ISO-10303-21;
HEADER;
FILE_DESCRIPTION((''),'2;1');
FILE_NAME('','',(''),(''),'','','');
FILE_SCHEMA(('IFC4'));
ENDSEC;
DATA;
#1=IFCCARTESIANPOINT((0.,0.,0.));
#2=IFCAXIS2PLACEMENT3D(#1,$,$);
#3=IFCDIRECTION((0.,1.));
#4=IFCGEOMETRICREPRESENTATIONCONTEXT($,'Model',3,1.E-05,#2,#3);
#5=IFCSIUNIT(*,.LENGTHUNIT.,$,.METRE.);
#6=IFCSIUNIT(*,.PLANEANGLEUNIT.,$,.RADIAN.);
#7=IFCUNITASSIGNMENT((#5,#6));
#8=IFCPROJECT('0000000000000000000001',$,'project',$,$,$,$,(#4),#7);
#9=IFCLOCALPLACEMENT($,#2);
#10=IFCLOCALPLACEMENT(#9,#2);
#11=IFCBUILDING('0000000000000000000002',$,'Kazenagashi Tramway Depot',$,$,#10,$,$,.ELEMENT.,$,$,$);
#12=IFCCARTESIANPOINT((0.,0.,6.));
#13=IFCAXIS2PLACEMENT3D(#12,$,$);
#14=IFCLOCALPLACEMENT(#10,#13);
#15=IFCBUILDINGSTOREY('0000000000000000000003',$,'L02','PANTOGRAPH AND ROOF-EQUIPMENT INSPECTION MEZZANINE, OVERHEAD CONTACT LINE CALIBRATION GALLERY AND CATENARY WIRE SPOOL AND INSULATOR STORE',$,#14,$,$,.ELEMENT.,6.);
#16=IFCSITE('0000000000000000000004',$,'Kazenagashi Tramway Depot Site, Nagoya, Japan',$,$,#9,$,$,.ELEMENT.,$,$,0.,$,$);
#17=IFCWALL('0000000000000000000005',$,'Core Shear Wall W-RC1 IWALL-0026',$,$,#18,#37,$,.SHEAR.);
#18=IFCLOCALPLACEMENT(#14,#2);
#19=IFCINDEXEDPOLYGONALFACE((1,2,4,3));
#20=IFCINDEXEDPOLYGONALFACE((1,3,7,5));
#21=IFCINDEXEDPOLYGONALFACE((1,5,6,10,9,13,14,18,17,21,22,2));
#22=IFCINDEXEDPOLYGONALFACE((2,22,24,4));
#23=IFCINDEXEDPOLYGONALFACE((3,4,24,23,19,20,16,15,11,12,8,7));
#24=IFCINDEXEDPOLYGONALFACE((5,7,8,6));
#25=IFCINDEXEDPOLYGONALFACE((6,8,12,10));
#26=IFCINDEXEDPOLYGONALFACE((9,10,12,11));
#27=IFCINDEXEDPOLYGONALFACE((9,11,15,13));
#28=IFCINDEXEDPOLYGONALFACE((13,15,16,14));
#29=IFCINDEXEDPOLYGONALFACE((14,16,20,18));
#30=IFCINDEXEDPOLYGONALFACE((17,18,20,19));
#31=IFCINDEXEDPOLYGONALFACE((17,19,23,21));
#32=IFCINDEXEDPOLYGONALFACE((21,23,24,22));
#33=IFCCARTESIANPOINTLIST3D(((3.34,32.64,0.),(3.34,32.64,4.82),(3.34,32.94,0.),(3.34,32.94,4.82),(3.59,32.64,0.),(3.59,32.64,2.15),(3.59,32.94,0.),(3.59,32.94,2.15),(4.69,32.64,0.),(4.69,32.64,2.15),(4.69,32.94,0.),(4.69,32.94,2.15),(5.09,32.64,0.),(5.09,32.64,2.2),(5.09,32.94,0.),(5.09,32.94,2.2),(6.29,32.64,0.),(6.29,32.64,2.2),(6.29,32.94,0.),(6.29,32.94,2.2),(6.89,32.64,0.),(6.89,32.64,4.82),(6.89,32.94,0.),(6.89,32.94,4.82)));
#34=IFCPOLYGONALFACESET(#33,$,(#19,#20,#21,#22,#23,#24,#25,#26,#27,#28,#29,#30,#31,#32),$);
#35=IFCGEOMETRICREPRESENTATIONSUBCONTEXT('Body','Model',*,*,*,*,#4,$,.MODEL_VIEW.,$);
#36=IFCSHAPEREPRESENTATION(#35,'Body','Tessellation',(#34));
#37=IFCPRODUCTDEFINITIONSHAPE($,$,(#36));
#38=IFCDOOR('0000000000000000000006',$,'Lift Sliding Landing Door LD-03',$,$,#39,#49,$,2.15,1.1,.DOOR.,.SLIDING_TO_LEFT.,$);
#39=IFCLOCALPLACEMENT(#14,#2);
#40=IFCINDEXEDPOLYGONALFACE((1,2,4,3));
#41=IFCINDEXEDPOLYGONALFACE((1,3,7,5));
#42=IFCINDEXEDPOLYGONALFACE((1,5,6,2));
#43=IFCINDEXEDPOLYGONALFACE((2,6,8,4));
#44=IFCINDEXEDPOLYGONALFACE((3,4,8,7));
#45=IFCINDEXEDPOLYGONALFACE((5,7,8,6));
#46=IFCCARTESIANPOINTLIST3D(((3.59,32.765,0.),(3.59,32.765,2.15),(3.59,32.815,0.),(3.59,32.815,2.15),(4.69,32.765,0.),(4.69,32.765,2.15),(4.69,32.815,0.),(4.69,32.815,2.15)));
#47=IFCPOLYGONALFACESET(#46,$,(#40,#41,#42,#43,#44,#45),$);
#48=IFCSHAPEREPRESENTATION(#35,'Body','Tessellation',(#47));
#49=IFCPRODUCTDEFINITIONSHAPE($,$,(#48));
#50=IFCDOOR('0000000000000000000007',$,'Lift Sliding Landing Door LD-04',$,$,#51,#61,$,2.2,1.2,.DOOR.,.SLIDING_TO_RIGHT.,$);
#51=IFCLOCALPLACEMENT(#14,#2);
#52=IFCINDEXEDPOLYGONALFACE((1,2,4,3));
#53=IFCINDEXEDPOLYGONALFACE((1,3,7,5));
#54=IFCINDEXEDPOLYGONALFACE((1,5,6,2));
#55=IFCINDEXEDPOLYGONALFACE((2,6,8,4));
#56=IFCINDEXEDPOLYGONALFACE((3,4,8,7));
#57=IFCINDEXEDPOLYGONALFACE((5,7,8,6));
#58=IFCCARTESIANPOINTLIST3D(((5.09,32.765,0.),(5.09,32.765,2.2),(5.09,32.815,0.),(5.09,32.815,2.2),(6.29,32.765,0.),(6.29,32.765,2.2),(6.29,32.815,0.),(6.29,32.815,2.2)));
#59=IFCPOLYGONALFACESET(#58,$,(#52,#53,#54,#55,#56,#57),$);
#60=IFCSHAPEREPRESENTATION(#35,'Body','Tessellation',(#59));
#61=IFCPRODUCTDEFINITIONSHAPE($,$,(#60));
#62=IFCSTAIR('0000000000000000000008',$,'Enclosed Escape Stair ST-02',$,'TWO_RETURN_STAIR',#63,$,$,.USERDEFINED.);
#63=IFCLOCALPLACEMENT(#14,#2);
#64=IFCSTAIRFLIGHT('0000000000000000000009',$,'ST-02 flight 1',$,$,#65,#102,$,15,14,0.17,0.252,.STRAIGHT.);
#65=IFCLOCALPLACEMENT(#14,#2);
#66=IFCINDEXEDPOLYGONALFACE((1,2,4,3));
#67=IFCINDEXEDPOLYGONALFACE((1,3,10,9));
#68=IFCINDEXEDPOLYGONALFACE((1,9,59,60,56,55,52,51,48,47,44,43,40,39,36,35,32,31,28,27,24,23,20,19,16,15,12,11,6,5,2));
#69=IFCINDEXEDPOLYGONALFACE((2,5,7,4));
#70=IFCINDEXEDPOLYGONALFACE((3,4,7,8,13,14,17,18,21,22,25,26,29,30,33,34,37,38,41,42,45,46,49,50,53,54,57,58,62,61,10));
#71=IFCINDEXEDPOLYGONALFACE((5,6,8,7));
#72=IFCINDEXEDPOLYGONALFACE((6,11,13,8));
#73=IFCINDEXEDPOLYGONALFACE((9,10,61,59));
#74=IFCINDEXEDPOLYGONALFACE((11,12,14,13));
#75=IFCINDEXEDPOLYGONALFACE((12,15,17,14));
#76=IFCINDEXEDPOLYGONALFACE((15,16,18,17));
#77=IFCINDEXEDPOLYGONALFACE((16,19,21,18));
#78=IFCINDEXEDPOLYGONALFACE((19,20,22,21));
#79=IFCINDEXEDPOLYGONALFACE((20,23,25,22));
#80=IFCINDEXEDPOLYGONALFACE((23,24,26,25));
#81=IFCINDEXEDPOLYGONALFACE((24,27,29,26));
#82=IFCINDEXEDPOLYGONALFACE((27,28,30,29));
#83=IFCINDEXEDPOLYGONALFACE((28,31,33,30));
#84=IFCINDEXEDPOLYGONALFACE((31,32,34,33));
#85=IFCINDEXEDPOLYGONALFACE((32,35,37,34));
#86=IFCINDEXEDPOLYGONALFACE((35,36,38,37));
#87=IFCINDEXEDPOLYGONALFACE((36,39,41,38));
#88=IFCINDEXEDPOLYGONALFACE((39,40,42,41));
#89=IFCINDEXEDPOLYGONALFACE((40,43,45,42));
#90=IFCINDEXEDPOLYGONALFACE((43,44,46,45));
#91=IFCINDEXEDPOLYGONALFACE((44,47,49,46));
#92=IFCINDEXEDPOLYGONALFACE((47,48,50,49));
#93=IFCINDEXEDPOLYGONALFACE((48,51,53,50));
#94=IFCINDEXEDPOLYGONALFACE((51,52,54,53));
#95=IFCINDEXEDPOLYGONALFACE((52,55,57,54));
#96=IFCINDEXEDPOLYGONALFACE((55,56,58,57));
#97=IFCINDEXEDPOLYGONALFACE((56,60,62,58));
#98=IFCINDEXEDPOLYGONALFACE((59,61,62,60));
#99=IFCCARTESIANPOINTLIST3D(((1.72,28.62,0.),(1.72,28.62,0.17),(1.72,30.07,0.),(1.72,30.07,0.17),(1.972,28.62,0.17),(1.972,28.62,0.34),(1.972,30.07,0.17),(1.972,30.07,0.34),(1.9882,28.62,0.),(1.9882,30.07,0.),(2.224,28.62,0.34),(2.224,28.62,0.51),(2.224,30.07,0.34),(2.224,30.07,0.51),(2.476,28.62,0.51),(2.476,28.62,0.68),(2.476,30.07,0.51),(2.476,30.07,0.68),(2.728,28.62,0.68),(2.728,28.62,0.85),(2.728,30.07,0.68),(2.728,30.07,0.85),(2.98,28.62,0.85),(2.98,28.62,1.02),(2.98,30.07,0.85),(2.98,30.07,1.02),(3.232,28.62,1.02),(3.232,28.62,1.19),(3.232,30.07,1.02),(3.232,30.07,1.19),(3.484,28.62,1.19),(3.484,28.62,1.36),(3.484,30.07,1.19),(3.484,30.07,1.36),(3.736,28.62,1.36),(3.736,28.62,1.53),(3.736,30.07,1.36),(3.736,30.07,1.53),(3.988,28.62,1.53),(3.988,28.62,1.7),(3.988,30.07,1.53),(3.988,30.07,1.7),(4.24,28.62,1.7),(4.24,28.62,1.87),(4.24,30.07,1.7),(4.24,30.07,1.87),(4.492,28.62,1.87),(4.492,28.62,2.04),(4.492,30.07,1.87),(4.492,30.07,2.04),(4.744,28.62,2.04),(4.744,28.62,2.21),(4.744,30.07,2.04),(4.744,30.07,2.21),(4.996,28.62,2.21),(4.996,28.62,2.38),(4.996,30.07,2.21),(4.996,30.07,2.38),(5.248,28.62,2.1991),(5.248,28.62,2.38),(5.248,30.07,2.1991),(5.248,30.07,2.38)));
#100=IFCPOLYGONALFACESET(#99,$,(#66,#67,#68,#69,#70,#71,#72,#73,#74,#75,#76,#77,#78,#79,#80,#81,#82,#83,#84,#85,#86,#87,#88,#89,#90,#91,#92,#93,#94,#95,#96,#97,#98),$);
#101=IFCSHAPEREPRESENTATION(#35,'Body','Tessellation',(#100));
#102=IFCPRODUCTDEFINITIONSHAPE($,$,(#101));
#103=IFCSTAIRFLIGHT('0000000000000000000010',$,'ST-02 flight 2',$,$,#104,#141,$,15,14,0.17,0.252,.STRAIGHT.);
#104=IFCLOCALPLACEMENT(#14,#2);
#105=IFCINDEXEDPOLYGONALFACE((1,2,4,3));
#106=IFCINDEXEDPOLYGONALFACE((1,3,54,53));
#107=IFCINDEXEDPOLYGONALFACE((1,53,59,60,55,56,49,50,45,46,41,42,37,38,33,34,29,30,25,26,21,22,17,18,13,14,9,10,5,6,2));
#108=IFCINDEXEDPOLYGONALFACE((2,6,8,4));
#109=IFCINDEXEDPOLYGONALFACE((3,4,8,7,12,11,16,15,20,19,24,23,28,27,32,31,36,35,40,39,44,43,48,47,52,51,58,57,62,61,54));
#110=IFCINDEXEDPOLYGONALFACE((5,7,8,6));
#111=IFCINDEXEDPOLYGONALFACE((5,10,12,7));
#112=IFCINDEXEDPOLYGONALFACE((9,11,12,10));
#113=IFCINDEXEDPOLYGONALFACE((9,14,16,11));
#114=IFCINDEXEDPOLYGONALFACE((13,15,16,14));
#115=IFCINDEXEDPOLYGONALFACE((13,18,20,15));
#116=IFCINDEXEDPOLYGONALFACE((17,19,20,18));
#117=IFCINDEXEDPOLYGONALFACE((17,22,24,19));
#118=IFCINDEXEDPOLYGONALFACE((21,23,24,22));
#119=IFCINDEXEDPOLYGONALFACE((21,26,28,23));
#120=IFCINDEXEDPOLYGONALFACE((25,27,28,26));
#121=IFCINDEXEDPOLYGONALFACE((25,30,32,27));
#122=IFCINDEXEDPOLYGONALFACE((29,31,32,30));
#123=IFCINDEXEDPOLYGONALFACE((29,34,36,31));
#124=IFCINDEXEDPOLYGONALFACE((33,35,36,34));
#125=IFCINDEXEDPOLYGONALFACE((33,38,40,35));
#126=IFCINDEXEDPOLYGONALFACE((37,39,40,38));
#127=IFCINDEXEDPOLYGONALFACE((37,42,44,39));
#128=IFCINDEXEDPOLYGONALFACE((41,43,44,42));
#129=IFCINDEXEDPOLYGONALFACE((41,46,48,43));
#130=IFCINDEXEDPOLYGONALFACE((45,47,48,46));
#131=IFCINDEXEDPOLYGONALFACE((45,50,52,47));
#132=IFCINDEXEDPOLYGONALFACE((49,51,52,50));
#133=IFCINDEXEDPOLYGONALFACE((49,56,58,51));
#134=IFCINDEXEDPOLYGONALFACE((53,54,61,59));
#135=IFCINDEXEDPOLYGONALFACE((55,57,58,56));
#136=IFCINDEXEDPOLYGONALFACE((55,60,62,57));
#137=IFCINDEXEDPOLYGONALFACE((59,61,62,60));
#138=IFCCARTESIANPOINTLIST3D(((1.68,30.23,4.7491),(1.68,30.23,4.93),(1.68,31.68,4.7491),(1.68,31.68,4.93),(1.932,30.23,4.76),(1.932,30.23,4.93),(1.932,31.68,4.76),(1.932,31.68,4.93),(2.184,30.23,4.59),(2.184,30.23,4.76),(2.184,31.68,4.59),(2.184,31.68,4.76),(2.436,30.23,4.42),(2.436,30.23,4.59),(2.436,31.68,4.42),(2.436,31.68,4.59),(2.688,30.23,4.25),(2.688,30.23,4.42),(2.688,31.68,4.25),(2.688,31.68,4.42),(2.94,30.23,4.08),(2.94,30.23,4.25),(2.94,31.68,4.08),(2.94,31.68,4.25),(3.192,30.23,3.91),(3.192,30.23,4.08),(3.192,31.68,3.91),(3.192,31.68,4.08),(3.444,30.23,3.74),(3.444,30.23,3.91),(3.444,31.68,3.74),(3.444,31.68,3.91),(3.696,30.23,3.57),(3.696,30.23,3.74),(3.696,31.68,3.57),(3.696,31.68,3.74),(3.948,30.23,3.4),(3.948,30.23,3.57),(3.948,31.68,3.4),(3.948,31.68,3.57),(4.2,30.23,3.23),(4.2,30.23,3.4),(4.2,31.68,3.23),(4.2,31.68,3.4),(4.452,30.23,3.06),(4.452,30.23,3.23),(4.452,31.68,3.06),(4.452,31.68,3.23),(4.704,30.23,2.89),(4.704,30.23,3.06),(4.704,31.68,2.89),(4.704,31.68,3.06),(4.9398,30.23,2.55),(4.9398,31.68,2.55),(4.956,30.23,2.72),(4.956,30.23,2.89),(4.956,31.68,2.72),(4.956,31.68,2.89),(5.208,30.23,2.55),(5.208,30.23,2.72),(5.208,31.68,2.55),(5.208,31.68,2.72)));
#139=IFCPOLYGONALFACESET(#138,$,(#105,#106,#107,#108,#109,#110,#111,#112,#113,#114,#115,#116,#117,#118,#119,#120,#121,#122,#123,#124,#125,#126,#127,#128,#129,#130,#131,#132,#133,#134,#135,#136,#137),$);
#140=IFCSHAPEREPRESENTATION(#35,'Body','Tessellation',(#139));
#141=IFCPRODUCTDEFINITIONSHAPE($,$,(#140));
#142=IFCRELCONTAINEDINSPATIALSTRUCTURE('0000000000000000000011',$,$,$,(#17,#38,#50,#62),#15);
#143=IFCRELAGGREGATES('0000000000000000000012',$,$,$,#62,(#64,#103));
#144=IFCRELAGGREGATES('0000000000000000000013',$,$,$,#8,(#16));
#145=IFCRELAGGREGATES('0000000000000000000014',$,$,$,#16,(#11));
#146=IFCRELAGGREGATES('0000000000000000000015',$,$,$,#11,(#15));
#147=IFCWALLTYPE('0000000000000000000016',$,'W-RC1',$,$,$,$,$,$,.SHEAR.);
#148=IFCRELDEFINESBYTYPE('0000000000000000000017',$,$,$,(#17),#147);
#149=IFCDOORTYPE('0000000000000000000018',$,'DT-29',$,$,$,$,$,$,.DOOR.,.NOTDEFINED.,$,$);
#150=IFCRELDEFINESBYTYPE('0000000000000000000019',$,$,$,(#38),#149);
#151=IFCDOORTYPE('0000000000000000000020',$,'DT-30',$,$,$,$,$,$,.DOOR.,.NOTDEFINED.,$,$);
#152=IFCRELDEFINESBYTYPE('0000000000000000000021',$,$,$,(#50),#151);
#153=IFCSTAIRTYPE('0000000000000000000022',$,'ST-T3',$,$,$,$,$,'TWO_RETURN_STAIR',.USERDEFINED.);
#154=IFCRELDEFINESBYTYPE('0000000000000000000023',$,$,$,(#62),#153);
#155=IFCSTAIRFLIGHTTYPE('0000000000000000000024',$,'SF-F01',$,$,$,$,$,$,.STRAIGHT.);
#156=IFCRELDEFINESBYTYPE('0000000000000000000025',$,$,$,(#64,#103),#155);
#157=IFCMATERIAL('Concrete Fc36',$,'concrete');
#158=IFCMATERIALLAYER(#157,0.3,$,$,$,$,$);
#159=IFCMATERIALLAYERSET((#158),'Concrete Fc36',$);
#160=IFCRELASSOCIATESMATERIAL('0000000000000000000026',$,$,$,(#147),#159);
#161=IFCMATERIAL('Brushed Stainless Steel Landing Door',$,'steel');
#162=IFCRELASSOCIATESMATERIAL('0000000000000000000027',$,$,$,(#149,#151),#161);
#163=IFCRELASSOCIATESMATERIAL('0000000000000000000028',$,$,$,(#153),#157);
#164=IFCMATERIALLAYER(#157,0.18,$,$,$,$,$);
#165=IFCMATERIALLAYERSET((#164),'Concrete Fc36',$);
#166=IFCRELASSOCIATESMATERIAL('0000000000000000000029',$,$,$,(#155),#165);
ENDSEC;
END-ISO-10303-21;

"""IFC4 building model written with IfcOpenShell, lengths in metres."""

from ifc_helpers import new_model, si_unit, direction, frame, frame_2d, origin, place, context, subcontext, project, spatial, polyline, rectangle, outline, extrude, material, layer, layer_set, type_object, element, fill, aggregate, save


model = new_model("IFC4")

# Units and contexts
model_context = context("Model", 3, precision=1e-05, world=origin(), true_north=direction((0.0, 1.0)))
body_context = subcontext(model_context, "Body", "Model", "MODEL_VIEW")
ifc_project = project(units=[si_unit("LENGTHUNIT", "METRE"), si_unit("PLANEANGLEUNIT", "RADIAN")], contexts=[model_context])

# Site, building, storey
site_placement = place(None, origin())
site = spatial("IfcSite", under=ifc_project, at=site_placement, Name="Kazenagashi Tramway Depot Site, Nagoya, Japan", CompositionType="ELEMENT", RefElevation=0.0)
building_placement = place(site_placement, origin())
building = spatial("IfcBuilding", under=site, at=building_placement, Name="Kazenagashi Tramway Depot", CompositionType="ELEMENT")
storey_placement = place(building_placement, frame((0.0, 0.0, 6.0)))
storey = spatial("IfcBuildingStorey", under=building, at=storey_placement, Name="L02", Description="PANTOGRAPH AND ROOF-EQUIPMENT INSPECTION MEZZANINE, OVERHEAD CONTACT LINE CALIBRATION GALLERY AND CATENARY WIRE SPOOL AND INSULATOR STORE", CompositionType="ELEMENT", Elevation=6.0)

# Shared definitions
ifc_material_1 = material(Name="Concrete Fc36", Category="concrete")
ifc_layer_1 = layer(ifc_material_1, 0.3)
ifc_layer_set_1 = layer_set([ifc_layer_1], Name="Concrete Fc36")
wall_type_1 = type_object("IfcWallType", Name="W-RC1", PredefinedType="SHEAR", material=ifc_layer_set_1)

# Wall, openings, doors
wall_1_placement = place(storey_placement, frame((3.34, 32.79, 0.0), z_axis=(0.0, 0.0, 1.0), x_axis=(1.0, 0.0, 0.0)))
wall_1 = element("IfcWall", 1, at=wall_1_placement, inside=storey, type_object=wall_type_1, Name="Core Shear Wall W-RC1 IWALL-0026", PredefinedType="SHEAR", context=body_context, shape_type="SweptSolid", body=[
    extrude(rectangle(XDim=3.55, YDim=0.3, at=frame_2d((1.775, 0.0))), origin(), (0.0, 0.0, 1.0), 4.82),
])
opening_1_placement = place(wall_1_placement, frame((0.25, 0.0, 0.0)))
opening_1 = element("IfcOpeningElement", 2, at=opening_1_placement, cuts=wall_1, PredefinedType="OPENING", context=body_context, shape_type="SweptSolid", body=[
    extrude(rectangle(XDim=1.1, YDim=2.15, at=frame_2d((0.55, 1.075))), frame((0.0, 0.16, 0.0), z_axis=(0.0, -1.0, 0.0), x_axis=(1.0, 0.0, 0.0)), (0.0, 0.0, 1.0), 0.32),
])
opening_2_placement = place(wall_1_placement, frame((1.75, 0.0, 0.0)))
opening_2 = element("IfcOpeningElement", 3, at=opening_2_placement, cuts=wall_1, PredefinedType="OPENING", context=body_context, shape_type="SweptSolid", body=[
    extrude(rectangle(XDim=1.2, YDim=2.2, at=frame_2d((0.6, 1.1))), frame((0.0, 0.16, 0.0), z_axis=(0.0, -1.0, 0.0), x_axis=(1.0, 0.0, 0.0)), (0.0, 0.0, 1.0), 0.32),
])
ifc_material_2 = material(Name="Brushed Stainless Steel Landing Door", Category="steel")
door_type_1 = type_object("IfcDoorType", Name="DT-29", OperationType="NOTDEFINED", PredefinedType="DOOR", material=ifc_material_2)
door_1_placement = place(opening_1_placement, origin())
door_1 = element("IfcDoor", 4, at=door_1_placement, inside=storey, type_object=door_type_1, Name="Lift Sliding Landing Door LD-03", OperationType="SLIDING_TO_LEFT", OverallHeight=2.15, OverallWidth=1.1, PredefinedType="DOOR", context=body_context, shape_type="SweptSolid", body=[
    extrude(rectangle(XDim=1.1, YDim=2.15, at=frame_2d((0.55, 1.075))), frame((0.0, 0.025, 0.0), z_axis=(0.0, -1.0, 0.0), x_axis=(1.0, 0.0, 0.0)), (0.0, 0.0, 1.0), 0.05),
])
fill(opening_1, door_1)
door_type_2 = type_object("IfcDoorType", Name="DT-30", OperationType="NOTDEFINED", PredefinedType="DOOR", material=ifc_material_2)
door_2_placement = place(opening_2_placement, origin())
door_2 = element("IfcDoor", 5, at=door_2_placement, inside=storey, type_object=door_type_2, Name="Lift Sliding Landing Door LD-04", OperationType="SLIDING_TO_RIGHT", OverallHeight=2.2, OverallWidth=1.2, PredefinedType="DOOR", context=body_context, shape_type="SweptSolid", body=[
    extrude(rectangle(XDim=1.2, YDim=2.2, at=frame_2d((0.6, 1.1))), frame((0.0, 0.025, 0.0), z_axis=(0.0, -1.0, 0.0), x_axis=(1.0, 0.0, 0.0)), (0.0, 0.0, 1.0), 0.05),
])
fill(opening_2, door_2)

# Stair, stair flights
stair_type = type_object("IfcStairType", Name="ST-T3", ElementType="TWO_RETURN_STAIR", PredefinedType="USERDEFINED", material=ifc_material_1)
stair_placement = place(storey_placement, origin())
stair = element("IfcStair", 6, at=stair_placement, inside=storey, type_object=stair_type, Name="Enclosed Escape Stair ST-02", ObjectType="TWO_RETURN_STAIR", PredefinedType="USERDEFINED")
ifc_layer_2 = layer(ifc_material_1, 0.18)
ifc_layer_set_2 = layer_set([ifc_layer_2], Name="Concrete Fc36")
stair_flight_type = type_object("IfcStairFlightType", Name="SF-F01", PredefinedType="STRAIGHT", material=ifc_layer_set_2)
stair_flight_1_placement = place(storey_placement, frame((1.72, 29.345, 0.0), z_axis=(0.0, 0.0, 1.0), x_axis=(1.0, 0.0, 0.0)))
stair_flight_1 = element("IfcStairFlight", 7, at=stair_flight_1_placement, type_object=stair_flight_type, Name="ST-02 flight 1", NumberOfRisers=15, NumberOfTreads=14, PredefinedType="STRAIGHT", RiserHeight=0.17, TreadLength=0.252, context=body_context, shape_type="SweptSolid", body=[
    extrude(outline(polyline([(0.0, 0.0), (0.0, 0.17), (0.252, 0.17), (0.252, 0.34), (0.504, 0.34), (0.504, 0.51), (0.756, 0.51), (0.756, 0.68), (1.008, 0.68), (1.008, 0.85), (1.26, 0.85), (1.26, 1.02), (1.512, 1.02), (1.512, 1.19), (1.764, 1.19), (1.764, 1.36), (2.016, 1.36), (2.016, 1.53), (2.268, 1.53), (2.268, 1.7), (2.52, 1.7), (2.52, 1.87), (2.772, 1.87), (2.772, 2.04), (3.024, 2.04), (3.024, 2.21), (3.276, 2.21), (3.276, 2.38), (3.528, 2.38), (3.528, 2.55), (3.528, 2.1991), (0.2682, 0.0), (0.0, 0.0)])), frame((0.0, 0.725, 0.0), z_axis=(0.0, -1.0, 0.0), x_axis=(1.0, 0.0, 0.0)), (0.0, 0.0, 1.0), 1.45),
])
stair_flight_2_placement = place(storey_placement, frame((5.208, 30.955, 2.55), z_axis=(0.0, 0.0, 1.0), x_axis=(-1.0, 0.0, 0.0)))
stair_flight_2 = element("IfcStairFlight", 8, at=stair_flight_2_placement, type_object=stair_flight_type, Name="ST-02 flight 2", NumberOfRisers=15, NumberOfTreads=14, PredefinedType="STRAIGHT", RiserHeight=0.17, TreadLength=0.252, context=body_context, shape_type="SweptSolid", body=[
    extrude(outline(polyline([(0.0, 0.0), (0.0, 0.17), (0.252, 0.17), (0.252, 0.34), (0.504, 0.34), (0.504, 0.51), (0.756, 0.51), (0.756, 0.68), (1.008, 0.68), (1.008, 0.85), (1.26, 0.85), (1.26, 1.02), (1.512, 1.02), (1.512, 1.19), (1.764, 1.19), (1.764, 1.36), (2.016, 1.36), (2.016, 1.53), (2.268, 1.53), (2.268, 1.7), (2.52, 1.7), (2.52, 1.87), (2.772, 1.87), (2.772, 2.04), (3.024, 2.04), (3.024, 2.21), (3.276, 2.21), (3.276, 2.38), (3.528, 2.38), (3.528, 2.55), (3.528, 2.1991), (0.2682, 0.0), (0.0, 0.0)])), frame((0.0, 0.725, 0.0), z_axis=(0.0, -1.0, 0.0), x_axis=(1.0, 0.0, 0.0)), (0.0, 0.0, 1.0), 1.45),
])
aggregate(stair, [stair_flight_1, stair_flight_2])

save(model, "model.ifc")
